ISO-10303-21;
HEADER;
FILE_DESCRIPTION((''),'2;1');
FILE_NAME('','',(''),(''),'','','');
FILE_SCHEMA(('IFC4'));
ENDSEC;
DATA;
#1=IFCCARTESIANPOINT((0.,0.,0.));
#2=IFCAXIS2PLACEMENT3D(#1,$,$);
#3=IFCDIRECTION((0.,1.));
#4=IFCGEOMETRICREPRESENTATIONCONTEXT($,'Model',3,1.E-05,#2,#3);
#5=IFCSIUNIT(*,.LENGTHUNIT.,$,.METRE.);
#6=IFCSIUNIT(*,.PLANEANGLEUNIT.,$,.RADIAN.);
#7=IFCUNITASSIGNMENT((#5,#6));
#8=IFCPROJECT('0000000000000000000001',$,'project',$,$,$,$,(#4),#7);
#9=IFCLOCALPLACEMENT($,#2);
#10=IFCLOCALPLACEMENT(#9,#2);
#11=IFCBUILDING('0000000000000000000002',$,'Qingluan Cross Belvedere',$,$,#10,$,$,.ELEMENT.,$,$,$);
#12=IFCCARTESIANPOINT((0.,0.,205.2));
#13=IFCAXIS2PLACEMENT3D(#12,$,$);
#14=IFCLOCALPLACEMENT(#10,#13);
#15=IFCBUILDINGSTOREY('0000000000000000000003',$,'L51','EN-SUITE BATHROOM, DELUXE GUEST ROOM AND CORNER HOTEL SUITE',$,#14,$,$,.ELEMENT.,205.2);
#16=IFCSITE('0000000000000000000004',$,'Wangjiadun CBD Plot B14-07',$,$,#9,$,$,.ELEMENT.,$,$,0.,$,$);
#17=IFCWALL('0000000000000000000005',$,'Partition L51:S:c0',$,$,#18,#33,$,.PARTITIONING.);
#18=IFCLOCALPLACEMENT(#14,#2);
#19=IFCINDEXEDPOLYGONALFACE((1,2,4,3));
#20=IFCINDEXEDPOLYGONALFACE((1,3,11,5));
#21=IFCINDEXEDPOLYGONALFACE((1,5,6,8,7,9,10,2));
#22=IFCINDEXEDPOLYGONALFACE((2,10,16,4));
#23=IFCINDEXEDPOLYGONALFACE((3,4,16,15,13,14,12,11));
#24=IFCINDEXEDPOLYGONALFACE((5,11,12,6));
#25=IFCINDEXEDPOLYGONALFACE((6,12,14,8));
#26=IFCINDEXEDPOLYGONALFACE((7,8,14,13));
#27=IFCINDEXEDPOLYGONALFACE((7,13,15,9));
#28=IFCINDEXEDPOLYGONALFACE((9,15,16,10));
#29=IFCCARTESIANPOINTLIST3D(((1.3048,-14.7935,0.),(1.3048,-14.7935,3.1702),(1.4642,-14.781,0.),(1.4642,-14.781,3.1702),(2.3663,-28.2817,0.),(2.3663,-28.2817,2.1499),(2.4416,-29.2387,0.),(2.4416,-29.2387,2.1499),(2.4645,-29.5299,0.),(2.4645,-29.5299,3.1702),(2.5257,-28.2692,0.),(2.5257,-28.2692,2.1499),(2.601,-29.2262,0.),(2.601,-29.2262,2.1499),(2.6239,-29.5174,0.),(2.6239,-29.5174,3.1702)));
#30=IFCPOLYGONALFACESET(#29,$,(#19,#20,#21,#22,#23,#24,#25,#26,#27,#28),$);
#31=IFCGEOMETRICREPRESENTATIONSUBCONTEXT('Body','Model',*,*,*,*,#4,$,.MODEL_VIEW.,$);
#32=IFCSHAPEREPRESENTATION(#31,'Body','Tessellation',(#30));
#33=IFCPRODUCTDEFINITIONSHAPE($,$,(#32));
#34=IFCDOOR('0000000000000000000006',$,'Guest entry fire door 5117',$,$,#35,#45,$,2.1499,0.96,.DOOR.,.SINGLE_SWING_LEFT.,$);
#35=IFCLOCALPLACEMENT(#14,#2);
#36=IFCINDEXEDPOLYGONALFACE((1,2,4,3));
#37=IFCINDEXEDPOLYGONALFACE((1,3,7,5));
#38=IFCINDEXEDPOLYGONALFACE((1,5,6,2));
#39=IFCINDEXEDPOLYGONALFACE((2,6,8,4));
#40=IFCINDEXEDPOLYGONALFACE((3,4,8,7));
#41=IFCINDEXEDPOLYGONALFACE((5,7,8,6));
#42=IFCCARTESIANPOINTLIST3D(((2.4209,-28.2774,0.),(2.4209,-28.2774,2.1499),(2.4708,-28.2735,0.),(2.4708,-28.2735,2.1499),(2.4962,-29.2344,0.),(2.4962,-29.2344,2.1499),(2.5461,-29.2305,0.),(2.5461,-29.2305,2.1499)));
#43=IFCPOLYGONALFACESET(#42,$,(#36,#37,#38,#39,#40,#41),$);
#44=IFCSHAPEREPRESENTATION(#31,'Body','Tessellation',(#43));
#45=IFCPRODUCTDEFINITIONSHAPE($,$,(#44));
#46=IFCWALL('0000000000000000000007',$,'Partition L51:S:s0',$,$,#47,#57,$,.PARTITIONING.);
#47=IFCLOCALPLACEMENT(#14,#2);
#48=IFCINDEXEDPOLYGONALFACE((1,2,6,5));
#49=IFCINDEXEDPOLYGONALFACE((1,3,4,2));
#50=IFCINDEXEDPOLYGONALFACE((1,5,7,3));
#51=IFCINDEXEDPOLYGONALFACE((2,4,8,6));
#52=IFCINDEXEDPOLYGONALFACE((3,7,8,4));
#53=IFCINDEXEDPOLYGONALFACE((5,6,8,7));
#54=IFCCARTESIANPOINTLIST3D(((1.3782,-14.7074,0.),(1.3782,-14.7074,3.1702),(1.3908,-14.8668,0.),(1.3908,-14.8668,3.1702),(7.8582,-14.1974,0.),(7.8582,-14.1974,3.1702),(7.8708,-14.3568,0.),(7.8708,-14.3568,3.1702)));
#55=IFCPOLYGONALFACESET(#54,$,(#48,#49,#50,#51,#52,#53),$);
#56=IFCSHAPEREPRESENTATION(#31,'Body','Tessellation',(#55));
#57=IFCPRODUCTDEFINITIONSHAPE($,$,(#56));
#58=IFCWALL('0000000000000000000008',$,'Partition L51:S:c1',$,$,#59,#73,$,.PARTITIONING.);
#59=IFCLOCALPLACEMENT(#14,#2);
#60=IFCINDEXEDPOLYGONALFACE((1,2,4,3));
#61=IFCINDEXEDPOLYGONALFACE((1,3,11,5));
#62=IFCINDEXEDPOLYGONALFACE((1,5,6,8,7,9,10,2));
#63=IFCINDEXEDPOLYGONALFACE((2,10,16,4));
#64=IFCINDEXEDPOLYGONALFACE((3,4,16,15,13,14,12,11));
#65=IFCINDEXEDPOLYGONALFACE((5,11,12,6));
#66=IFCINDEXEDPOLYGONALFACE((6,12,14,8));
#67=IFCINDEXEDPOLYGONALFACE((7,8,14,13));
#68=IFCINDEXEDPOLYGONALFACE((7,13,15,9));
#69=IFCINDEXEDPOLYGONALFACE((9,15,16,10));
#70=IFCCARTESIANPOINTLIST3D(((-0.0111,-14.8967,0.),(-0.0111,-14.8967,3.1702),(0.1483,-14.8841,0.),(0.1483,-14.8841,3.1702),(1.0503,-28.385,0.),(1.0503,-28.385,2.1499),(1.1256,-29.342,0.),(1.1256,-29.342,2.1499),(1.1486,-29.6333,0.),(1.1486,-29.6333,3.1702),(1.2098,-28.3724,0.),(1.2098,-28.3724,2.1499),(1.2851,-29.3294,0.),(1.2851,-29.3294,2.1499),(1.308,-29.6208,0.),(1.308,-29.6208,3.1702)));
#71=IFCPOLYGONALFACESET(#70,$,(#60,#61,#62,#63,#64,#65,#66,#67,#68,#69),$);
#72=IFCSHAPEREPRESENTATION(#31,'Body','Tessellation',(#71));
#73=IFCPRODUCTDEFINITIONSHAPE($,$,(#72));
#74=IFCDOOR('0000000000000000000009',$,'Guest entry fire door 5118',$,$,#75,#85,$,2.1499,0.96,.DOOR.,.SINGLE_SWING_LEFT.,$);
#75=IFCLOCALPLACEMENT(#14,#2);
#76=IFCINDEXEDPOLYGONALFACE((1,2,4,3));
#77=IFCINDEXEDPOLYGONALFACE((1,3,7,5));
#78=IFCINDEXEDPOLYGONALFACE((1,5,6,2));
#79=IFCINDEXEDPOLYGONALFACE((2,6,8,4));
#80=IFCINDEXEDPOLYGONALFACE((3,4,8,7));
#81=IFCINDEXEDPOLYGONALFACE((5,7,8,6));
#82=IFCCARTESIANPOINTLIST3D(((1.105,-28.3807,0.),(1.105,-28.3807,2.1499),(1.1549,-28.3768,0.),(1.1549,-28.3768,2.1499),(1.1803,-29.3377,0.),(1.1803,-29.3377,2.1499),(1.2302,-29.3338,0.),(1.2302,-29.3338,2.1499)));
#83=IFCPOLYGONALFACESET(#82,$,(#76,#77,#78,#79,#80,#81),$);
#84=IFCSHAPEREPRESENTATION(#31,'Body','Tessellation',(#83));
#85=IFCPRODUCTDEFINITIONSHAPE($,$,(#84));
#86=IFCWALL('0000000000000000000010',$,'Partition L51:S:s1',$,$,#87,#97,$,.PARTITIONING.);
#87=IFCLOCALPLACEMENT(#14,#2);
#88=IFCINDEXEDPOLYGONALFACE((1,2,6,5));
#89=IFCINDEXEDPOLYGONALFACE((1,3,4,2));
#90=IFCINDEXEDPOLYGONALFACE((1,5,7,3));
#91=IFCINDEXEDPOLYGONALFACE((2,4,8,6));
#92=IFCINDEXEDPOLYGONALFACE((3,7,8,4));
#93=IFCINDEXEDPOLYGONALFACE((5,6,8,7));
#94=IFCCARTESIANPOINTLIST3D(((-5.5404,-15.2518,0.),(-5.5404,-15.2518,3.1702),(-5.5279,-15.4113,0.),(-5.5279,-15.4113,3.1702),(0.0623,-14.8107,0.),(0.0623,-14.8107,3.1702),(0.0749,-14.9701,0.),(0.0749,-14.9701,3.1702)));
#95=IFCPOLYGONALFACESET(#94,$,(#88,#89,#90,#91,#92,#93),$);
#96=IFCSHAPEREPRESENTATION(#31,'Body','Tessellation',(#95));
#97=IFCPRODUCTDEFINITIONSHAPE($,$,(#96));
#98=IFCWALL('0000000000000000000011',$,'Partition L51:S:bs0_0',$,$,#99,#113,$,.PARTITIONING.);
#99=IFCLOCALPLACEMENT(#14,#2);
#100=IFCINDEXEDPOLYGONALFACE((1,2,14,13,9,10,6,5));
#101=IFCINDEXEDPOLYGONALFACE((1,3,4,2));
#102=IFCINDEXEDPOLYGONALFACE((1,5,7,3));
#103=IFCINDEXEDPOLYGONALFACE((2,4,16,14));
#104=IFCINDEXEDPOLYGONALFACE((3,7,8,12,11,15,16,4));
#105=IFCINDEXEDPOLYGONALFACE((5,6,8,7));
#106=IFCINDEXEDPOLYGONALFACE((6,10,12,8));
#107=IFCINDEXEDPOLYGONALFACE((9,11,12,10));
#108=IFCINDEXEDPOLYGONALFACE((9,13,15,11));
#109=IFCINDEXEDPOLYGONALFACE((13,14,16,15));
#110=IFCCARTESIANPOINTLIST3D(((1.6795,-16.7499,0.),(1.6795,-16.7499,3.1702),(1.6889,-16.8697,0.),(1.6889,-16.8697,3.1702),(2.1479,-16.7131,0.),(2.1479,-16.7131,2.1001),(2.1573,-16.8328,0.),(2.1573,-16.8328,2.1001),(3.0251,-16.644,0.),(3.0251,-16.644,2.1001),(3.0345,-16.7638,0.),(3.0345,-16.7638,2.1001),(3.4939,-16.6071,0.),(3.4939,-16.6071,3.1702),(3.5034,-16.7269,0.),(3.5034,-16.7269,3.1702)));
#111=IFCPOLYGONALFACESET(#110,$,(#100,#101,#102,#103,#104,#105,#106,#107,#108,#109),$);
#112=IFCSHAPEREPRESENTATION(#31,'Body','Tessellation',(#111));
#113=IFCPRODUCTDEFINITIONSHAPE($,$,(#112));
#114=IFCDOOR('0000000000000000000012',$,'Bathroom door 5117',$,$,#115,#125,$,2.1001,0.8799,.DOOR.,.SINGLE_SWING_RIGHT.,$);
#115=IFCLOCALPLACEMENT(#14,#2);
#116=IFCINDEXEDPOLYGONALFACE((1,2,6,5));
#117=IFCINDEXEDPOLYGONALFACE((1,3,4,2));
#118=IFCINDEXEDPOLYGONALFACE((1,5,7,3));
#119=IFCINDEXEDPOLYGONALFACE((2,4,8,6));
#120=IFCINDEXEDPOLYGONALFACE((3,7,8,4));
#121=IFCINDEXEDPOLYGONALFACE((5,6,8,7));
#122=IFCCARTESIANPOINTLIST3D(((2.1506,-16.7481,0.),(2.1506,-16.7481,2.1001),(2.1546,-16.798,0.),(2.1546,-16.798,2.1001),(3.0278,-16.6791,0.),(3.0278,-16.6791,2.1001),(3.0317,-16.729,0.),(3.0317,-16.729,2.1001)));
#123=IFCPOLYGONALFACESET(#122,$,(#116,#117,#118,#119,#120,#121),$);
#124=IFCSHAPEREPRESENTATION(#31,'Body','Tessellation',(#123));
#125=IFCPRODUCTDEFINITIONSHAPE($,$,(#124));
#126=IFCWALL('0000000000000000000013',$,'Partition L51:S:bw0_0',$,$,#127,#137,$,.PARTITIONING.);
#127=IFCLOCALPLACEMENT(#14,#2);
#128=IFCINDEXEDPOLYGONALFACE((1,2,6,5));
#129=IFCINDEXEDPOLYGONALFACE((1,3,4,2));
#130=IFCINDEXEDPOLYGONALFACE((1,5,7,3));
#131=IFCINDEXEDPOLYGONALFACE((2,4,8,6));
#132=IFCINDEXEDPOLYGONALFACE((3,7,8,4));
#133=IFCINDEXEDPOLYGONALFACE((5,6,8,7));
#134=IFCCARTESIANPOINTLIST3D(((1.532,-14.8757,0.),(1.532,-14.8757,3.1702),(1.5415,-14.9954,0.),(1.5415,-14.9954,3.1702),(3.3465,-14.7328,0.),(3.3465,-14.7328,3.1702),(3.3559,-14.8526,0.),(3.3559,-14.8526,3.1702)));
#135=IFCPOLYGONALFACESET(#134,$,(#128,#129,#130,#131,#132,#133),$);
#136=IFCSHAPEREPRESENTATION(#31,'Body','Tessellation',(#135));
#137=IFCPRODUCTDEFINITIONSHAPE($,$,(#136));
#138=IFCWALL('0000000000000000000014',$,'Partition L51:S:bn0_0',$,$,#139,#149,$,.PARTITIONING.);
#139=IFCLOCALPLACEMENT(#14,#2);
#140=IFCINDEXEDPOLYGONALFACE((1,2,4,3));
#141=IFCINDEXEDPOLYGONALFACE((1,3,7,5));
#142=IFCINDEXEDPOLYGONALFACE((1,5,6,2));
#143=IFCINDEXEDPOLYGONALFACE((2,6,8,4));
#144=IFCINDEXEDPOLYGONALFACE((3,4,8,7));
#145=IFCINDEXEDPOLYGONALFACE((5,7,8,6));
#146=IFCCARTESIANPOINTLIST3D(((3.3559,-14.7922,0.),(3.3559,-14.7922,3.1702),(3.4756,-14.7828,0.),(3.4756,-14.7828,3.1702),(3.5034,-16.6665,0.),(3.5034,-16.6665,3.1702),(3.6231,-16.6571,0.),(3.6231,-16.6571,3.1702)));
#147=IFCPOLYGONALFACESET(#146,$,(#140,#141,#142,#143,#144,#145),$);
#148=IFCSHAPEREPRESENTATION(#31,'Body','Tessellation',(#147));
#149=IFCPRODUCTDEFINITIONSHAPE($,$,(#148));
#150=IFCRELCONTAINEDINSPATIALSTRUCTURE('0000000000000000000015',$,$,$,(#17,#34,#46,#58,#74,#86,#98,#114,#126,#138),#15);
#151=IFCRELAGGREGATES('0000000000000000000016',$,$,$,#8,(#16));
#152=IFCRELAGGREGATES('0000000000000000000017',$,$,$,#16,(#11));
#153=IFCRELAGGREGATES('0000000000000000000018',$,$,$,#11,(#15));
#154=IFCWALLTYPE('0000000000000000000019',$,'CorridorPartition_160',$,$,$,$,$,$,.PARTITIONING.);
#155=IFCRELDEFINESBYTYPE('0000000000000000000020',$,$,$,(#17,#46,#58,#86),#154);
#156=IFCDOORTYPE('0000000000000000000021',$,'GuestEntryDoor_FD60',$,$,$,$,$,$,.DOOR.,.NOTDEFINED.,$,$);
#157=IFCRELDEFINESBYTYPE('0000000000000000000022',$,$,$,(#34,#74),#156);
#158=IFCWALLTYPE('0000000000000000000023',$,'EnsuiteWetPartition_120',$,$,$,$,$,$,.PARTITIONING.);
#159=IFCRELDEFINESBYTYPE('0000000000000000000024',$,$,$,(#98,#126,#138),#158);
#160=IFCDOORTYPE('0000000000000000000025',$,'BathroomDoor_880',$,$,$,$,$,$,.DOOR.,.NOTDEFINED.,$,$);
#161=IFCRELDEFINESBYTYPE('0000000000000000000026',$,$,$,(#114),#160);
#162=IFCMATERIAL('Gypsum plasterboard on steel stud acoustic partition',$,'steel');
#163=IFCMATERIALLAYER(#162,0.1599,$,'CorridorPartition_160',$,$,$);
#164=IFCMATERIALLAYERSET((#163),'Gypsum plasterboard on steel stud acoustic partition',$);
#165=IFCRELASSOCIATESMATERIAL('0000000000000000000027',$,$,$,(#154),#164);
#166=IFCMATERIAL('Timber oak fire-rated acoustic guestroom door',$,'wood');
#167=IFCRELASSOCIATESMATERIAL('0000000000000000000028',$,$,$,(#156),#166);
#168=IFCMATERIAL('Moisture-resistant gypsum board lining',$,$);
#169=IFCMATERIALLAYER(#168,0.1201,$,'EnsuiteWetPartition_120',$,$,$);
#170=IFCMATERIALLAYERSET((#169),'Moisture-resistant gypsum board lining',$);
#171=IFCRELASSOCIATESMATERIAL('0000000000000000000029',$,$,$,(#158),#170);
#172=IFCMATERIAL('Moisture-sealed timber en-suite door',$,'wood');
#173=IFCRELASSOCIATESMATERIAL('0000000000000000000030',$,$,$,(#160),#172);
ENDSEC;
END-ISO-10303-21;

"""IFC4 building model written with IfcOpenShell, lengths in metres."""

from ifc_helpers import new_model, si_unit, direction, frame, frame_2d, origin, place, context, subcontext, project, spatial, rectangle, extrude, material, layer, layer_set, type_object, element, fill, save


model = new_model("IFC4")

# Units and contexts
model_context = context("Model", 3, precision=1e-05, world=origin(), true_north=direction((0.0, 1.0)))
body_context = subcontext(model_context, "Body", "Model", "MODEL_VIEW")
ifc_project = project(units=[si_unit("LENGTHUNIT", "METRE"), si_unit("PLANEANGLEUNIT", "RADIAN")], contexts=[model_context])

# Site, building, storey
site_placement = place(None, origin())
site = spatial("IfcSite", under=ifc_project, at=site_placement, Name="Wangjiadun CBD Plot B14-07", CompositionType="ELEMENT", RefElevation=0.0)
building_placement = place(site_placement, origin())
building = spatial("IfcBuilding", under=site, at=building_placement, Name="Qingluan Cross Belvedere", CompositionType="ELEMENT")
storey_placement = place(building_placement, frame((0.0, 0.0, 205.2)))
storey = spatial("IfcBuildingStorey", under=building, at=storey_placement, Name="L51", Description="EN-SUITE BATHROOM, DELUXE GUEST ROOM AND CORNER HOTEL SUITE", CompositionType="ELEMENT", Elevation=205.2)

# Shared definitions
ifc_material_1 = material(Name="Gypsum plasterboard on steel stud acoustic partition", Category="steel")
ifc_layer_1 = layer(ifc_material_1, 0.1599, Name="CorridorPartition_160")
ifc_layer_set_1 = layer_set([ifc_layer_1], Name="Gypsum plasterboard on steel stud acoustic partition")
wall_type_1 = type_object("IfcWallType", Name="CorridorPartition_160", PredefinedType="PARTITIONING", material=ifc_layer_set_1)

# Wall, opening, door
wall_1_placement = place(storey_placement, frame((1.3845, -14.7871, 0.0), z_axis=(0.0, 0.0, 1.0), x_axis=(0.078452, -0.996918, 0.0)))
wall_1 = element("IfcWall", 1, at=wall_1_placement, inside=storey, type_object=wall_type_1, Name="Partition L51:S:c0", PredefinedType="PARTITIONING", context=body_context, shape_type="SweptSolid", body=[
    extrude(rectangle(XDim=14.782, YDim=0.1599, at=frame_2d((7.3911, 0.0))), origin(), (0.0, 0.0, 1.0), 3.1702),
])
opening_1_placement = place(wall_1_placement, frame((13.53, 0.0, 0.0)))
opening_1 = element("IfcOpeningElement", 2, at=opening_1_placement, cuts=wall_1, PredefinedType="OPENING", context=body_context, shape_type="SweptSolid", body=[
    extrude(rectangle(XDim=0.96, YDim=2.1499, at=frame_2d((0.48, 1.075))), frame((0.0, 0.0898, 0.0), z_axis=(0.0, -1.0, 0.0), x_axis=(1.0, 0.0, 0.0)), (0.0, 0.0, 1.0), 0.1799),
])
ifc_material_2 = material(Name="Timber oak fire-rated acoustic guestroom door", Category="wood")
door_type_1 = type_object("IfcDoorType", Name="GuestEntryDoor_FD60", OperationType="NOTDEFINED", PredefinedType="DOOR", material=ifc_material_2)
door_1_placement = place(opening_1_placement, origin())
door_1 = element("IfcDoor", 3, at=door_1_placement, inside=storey, type_object=door_type_1, Name="Guest entry fire door 5117", OperationType="SINGLE_SWING_LEFT", OverallHeight=2.1499, OverallWidth=0.96, PredefinedType="DOOR", context=body_context, shape_type="SweptSolid", body=[
    extrude(rectangle(XDim=0.96, YDim=2.1499, at=frame_2d((0.48, 1.075))), frame((0.0, 0.0249, 0.0), z_axis=(0.0, -1.0, 0.0), x_axis=(1.0, 0.0, 0.0)), (0.0, 0.0, 1.0), 0.05),
])
fill(opening_1, door_1)

# Wall
wall_2_placement = place(storey_placement, frame((1.3845, -14.7871, 0.0), z_axis=(0.0, 0.0, 1.0), x_axis=(0.996917, 0.078463, 0.0)))
element("IfcWall", 4, at=wall_2_placement, inside=storey, type_object=wall_type_1, Name="Partition L51:S:s0", PredefinedType="PARTITIONING", context=body_context, shape_type="SweptSolid", body=[
    extrude(rectangle(XDim=6.5, YDim=0.1599, at=frame_2d((3.25, 0.0))), origin(), (0.0, 0.0, 1.0), 3.1702),
])

# Wall, opening, door
wall_3_placement = place(storey_placement, frame((0.0686, -14.8904, 0.0), z_axis=(0.0, 0.0, 1.0), x_axis=(0.078451, -0.996918, 0.0)))
wall_3 = element("IfcWall", 5, at=wall_3_placement, inside=storey, type_object=wall_type_1, Name="Partition L51:S:c1", PredefinedType="PARTITIONING", context=body_context, shape_type="SweptSolid", body=[
    extrude(rectangle(XDim=14.7822, YDim=0.1599, at=frame_2d((7.3911, 0.0))), origin(), (0.0, 0.0, 1.0), 3.1702),
])
opening_2_placement = place(wall_3_placement, frame((13.53, 0.0, 0.0)))
opening_2 = element("IfcOpeningElement", 6, at=opening_2_placement, cuts=wall_3, PredefinedType="OPENING", context=body_context, shape_type="SweptSolid", body=[
    extrude(rectangle(XDim=0.96, YDim=2.1499, at=frame_2d((0.48, 1.075))), frame((0.0, 0.0898, 0.0), z_axis=(0.0, -1.0, 0.0), x_axis=(1.0, 0.0, 0.0)), (0.0, 0.0, 1.0), 0.1799),
])
door_2_placement = place(opening_2_placement, origin())
door_2 = element("IfcDoor", 7, at=door_2_placement, inside=storey, type_object=door_type_1, Name="Guest entry fire door 5118", OperationType="SINGLE_SWING_LEFT", OverallHeight=2.1499, OverallWidth=0.96, PredefinedType="DOOR", context=body_context, shape_type="SweptSolid", body=[
    extrude(rectangle(XDim=0.96, YDim=2.1499, at=frame_2d((0.48, 1.075))), frame((0.0, 0.0249, 0.0), z_axis=(0.0, -1.0, 0.0), x_axis=(1.0, 0.0, 0.0)), (0.0, 0.0, 1.0), 0.05),
])
fill(opening_2, door_2)

# Wall
wall_4_placement = place(storey_placement, frame((0.0686, -14.8904, 0.0), z_axis=(0.0, 0.0, 1.0), x_axis=(-0.996914, -0.078497, 0.0)))
element("IfcWall", 8, at=wall_4_placement, inside=storey, type_object=wall_type_1, Name="Partition L51:S:s1", PredefinedType="PARTITIONING", context=body_context, shape_type="SweptSolid", body=[
    extrude(rectangle(XDim=5.6201, YDim=0.1599, at=frame_2d((2.8101, 0.0))), origin(), (0.0, 0.0, 1.0), 3.1702),
])

# Wall, opening, door
ifc_material_3 = material(Name="Moisture-resistant gypsum board lining")
ifc_layer_2 = layer(ifc_material_3, 0.1201, Name="EnsuiteWetPartition_120")
ifc_layer_set_2 = layer_set([ifc_layer_2], Name="Moisture-resistant gypsum board lining")
wall_type_2 = type_object("IfcWallType", Name="EnsuiteWetPartition_120", PredefinedType="PARTITIONING", material=ifc_layer_set_2)
wall_5_placement = place(storey_placement, frame((1.6841, -16.8098, 0.0), z_axis=(0.0, 0.0, 1.0), x_axis=(0.996916, 0.078471, 0.0)))
wall_5 = element("IfcWall", 9, at=wall_5_placement, inside=storey, type_object=wall_type_2, Name="Partition L51:S:bs0_0", PredefinedType="PARTITIONING", context=body_context, shape_type="SweptSolid", body=[
    extrude(rectangle(XDim=1.8201, YDim=0.1201, at=frame_2d((0.9102, 0.0))), origin(), (0.0, 0.0, 1.0), 3.1702),
])
opening_3_placement = place(wall_5_placement, frame((0.47, 0.0, 0.0)))
opening_3 = element("IfcOpeningElement", 10, at=opening_3_placement, cuts=wall_5, PredefinedType="OPENING", context=body_context, shape_type="SweptSolid", body=[
    extrude(rectangle(XDim=0.8799, YDim=2.1001, at=frame_2d((0.4399, 1.05))), frame((0.0, 0.0701, 0.0), z_axis=(0.0, -1.0, 0.0), x_axis=(1.0, 0.0, 0.0)), (0.0, 0.0, 1.0), 0.1401),
])
ifc_material_4 = material(Name="Moisture-sealed timber en-suite door", Category="wood")
door_type_2 = type_object("IfcDoorType", Name="BathroomDoor_880", OperationType="NOTDEFINED", PredefinedType="DOOR", material=ifc_material_4)
door_3_placement = place(opening_3_placement, origin())
door_3 = element("IfcDoor", 11, at=door_3_placement, inside=storey, type_object=door_type_2, Name="Bathroom door 5117", OperationType="SINGLE_SWING_RIGHT", OverallHeight=2.1001, OverallWidth=0.8799, PredefinedType="DOOR", context=body_context, shape_type="SweptSolid", body=[
    extrude(rectangle(XDim=0.8799, YDim=2.1001, at=frame_2d((0.4399, 1.05))), frame((0.0, 0.0249, 0.0), z_axis=(0.0, -1.0, 0.0), x_axis=(1.0, 0.0, 0.0)), (0.0, 0.0, 1.0), 0.05),
])
fill(opening_3, door_3)

# Walls
wall_6_placement = place(storey_placement, frame((1.5366, -14.9355, 0.0), z_axis=(0.0, 0.0, 1.0), x_axis=(0.996916, 0.078471, 0.0)))
element("IfcWall", 12, at=wall_6_placement, inside=storey, type_object=wall_type_2, Name="Partition L51:S:bw0_0", PredefinedType="PARTITIONING", context=body_context, shape_type="SweptSolid", body=[
    extrude(rectangle(XDim=1.8201, YDim=0.1201, at=frame_2d((0.9102, 0.0))), origin(), (0.0, 0.0, 1.0), 3.1702),
])
wall_7_placement = place(storey_placement, frame((3.4158, -14.7876, 0.0), z_axis=(0.0, 0.0, 1.0), x_axis=(0.078434, -0.996919, 0.0)))
element("IfcWall", 13, at=wall_7_placement, inside=storey, type_object=wall_type_2, Name="Partition L51:S:bn0_0", PredefinedType="PARTITIONING", context=body_context, shape_type="SweptSolid", body=[
    extrude(rectangle(XDim=1.8801, YDim=0.1201, at=frame_2d((0.9399, 0.0))), origin(), (0.0, 0.0, 1.0), 3.1702),
])

save(model, "model.ifc")
